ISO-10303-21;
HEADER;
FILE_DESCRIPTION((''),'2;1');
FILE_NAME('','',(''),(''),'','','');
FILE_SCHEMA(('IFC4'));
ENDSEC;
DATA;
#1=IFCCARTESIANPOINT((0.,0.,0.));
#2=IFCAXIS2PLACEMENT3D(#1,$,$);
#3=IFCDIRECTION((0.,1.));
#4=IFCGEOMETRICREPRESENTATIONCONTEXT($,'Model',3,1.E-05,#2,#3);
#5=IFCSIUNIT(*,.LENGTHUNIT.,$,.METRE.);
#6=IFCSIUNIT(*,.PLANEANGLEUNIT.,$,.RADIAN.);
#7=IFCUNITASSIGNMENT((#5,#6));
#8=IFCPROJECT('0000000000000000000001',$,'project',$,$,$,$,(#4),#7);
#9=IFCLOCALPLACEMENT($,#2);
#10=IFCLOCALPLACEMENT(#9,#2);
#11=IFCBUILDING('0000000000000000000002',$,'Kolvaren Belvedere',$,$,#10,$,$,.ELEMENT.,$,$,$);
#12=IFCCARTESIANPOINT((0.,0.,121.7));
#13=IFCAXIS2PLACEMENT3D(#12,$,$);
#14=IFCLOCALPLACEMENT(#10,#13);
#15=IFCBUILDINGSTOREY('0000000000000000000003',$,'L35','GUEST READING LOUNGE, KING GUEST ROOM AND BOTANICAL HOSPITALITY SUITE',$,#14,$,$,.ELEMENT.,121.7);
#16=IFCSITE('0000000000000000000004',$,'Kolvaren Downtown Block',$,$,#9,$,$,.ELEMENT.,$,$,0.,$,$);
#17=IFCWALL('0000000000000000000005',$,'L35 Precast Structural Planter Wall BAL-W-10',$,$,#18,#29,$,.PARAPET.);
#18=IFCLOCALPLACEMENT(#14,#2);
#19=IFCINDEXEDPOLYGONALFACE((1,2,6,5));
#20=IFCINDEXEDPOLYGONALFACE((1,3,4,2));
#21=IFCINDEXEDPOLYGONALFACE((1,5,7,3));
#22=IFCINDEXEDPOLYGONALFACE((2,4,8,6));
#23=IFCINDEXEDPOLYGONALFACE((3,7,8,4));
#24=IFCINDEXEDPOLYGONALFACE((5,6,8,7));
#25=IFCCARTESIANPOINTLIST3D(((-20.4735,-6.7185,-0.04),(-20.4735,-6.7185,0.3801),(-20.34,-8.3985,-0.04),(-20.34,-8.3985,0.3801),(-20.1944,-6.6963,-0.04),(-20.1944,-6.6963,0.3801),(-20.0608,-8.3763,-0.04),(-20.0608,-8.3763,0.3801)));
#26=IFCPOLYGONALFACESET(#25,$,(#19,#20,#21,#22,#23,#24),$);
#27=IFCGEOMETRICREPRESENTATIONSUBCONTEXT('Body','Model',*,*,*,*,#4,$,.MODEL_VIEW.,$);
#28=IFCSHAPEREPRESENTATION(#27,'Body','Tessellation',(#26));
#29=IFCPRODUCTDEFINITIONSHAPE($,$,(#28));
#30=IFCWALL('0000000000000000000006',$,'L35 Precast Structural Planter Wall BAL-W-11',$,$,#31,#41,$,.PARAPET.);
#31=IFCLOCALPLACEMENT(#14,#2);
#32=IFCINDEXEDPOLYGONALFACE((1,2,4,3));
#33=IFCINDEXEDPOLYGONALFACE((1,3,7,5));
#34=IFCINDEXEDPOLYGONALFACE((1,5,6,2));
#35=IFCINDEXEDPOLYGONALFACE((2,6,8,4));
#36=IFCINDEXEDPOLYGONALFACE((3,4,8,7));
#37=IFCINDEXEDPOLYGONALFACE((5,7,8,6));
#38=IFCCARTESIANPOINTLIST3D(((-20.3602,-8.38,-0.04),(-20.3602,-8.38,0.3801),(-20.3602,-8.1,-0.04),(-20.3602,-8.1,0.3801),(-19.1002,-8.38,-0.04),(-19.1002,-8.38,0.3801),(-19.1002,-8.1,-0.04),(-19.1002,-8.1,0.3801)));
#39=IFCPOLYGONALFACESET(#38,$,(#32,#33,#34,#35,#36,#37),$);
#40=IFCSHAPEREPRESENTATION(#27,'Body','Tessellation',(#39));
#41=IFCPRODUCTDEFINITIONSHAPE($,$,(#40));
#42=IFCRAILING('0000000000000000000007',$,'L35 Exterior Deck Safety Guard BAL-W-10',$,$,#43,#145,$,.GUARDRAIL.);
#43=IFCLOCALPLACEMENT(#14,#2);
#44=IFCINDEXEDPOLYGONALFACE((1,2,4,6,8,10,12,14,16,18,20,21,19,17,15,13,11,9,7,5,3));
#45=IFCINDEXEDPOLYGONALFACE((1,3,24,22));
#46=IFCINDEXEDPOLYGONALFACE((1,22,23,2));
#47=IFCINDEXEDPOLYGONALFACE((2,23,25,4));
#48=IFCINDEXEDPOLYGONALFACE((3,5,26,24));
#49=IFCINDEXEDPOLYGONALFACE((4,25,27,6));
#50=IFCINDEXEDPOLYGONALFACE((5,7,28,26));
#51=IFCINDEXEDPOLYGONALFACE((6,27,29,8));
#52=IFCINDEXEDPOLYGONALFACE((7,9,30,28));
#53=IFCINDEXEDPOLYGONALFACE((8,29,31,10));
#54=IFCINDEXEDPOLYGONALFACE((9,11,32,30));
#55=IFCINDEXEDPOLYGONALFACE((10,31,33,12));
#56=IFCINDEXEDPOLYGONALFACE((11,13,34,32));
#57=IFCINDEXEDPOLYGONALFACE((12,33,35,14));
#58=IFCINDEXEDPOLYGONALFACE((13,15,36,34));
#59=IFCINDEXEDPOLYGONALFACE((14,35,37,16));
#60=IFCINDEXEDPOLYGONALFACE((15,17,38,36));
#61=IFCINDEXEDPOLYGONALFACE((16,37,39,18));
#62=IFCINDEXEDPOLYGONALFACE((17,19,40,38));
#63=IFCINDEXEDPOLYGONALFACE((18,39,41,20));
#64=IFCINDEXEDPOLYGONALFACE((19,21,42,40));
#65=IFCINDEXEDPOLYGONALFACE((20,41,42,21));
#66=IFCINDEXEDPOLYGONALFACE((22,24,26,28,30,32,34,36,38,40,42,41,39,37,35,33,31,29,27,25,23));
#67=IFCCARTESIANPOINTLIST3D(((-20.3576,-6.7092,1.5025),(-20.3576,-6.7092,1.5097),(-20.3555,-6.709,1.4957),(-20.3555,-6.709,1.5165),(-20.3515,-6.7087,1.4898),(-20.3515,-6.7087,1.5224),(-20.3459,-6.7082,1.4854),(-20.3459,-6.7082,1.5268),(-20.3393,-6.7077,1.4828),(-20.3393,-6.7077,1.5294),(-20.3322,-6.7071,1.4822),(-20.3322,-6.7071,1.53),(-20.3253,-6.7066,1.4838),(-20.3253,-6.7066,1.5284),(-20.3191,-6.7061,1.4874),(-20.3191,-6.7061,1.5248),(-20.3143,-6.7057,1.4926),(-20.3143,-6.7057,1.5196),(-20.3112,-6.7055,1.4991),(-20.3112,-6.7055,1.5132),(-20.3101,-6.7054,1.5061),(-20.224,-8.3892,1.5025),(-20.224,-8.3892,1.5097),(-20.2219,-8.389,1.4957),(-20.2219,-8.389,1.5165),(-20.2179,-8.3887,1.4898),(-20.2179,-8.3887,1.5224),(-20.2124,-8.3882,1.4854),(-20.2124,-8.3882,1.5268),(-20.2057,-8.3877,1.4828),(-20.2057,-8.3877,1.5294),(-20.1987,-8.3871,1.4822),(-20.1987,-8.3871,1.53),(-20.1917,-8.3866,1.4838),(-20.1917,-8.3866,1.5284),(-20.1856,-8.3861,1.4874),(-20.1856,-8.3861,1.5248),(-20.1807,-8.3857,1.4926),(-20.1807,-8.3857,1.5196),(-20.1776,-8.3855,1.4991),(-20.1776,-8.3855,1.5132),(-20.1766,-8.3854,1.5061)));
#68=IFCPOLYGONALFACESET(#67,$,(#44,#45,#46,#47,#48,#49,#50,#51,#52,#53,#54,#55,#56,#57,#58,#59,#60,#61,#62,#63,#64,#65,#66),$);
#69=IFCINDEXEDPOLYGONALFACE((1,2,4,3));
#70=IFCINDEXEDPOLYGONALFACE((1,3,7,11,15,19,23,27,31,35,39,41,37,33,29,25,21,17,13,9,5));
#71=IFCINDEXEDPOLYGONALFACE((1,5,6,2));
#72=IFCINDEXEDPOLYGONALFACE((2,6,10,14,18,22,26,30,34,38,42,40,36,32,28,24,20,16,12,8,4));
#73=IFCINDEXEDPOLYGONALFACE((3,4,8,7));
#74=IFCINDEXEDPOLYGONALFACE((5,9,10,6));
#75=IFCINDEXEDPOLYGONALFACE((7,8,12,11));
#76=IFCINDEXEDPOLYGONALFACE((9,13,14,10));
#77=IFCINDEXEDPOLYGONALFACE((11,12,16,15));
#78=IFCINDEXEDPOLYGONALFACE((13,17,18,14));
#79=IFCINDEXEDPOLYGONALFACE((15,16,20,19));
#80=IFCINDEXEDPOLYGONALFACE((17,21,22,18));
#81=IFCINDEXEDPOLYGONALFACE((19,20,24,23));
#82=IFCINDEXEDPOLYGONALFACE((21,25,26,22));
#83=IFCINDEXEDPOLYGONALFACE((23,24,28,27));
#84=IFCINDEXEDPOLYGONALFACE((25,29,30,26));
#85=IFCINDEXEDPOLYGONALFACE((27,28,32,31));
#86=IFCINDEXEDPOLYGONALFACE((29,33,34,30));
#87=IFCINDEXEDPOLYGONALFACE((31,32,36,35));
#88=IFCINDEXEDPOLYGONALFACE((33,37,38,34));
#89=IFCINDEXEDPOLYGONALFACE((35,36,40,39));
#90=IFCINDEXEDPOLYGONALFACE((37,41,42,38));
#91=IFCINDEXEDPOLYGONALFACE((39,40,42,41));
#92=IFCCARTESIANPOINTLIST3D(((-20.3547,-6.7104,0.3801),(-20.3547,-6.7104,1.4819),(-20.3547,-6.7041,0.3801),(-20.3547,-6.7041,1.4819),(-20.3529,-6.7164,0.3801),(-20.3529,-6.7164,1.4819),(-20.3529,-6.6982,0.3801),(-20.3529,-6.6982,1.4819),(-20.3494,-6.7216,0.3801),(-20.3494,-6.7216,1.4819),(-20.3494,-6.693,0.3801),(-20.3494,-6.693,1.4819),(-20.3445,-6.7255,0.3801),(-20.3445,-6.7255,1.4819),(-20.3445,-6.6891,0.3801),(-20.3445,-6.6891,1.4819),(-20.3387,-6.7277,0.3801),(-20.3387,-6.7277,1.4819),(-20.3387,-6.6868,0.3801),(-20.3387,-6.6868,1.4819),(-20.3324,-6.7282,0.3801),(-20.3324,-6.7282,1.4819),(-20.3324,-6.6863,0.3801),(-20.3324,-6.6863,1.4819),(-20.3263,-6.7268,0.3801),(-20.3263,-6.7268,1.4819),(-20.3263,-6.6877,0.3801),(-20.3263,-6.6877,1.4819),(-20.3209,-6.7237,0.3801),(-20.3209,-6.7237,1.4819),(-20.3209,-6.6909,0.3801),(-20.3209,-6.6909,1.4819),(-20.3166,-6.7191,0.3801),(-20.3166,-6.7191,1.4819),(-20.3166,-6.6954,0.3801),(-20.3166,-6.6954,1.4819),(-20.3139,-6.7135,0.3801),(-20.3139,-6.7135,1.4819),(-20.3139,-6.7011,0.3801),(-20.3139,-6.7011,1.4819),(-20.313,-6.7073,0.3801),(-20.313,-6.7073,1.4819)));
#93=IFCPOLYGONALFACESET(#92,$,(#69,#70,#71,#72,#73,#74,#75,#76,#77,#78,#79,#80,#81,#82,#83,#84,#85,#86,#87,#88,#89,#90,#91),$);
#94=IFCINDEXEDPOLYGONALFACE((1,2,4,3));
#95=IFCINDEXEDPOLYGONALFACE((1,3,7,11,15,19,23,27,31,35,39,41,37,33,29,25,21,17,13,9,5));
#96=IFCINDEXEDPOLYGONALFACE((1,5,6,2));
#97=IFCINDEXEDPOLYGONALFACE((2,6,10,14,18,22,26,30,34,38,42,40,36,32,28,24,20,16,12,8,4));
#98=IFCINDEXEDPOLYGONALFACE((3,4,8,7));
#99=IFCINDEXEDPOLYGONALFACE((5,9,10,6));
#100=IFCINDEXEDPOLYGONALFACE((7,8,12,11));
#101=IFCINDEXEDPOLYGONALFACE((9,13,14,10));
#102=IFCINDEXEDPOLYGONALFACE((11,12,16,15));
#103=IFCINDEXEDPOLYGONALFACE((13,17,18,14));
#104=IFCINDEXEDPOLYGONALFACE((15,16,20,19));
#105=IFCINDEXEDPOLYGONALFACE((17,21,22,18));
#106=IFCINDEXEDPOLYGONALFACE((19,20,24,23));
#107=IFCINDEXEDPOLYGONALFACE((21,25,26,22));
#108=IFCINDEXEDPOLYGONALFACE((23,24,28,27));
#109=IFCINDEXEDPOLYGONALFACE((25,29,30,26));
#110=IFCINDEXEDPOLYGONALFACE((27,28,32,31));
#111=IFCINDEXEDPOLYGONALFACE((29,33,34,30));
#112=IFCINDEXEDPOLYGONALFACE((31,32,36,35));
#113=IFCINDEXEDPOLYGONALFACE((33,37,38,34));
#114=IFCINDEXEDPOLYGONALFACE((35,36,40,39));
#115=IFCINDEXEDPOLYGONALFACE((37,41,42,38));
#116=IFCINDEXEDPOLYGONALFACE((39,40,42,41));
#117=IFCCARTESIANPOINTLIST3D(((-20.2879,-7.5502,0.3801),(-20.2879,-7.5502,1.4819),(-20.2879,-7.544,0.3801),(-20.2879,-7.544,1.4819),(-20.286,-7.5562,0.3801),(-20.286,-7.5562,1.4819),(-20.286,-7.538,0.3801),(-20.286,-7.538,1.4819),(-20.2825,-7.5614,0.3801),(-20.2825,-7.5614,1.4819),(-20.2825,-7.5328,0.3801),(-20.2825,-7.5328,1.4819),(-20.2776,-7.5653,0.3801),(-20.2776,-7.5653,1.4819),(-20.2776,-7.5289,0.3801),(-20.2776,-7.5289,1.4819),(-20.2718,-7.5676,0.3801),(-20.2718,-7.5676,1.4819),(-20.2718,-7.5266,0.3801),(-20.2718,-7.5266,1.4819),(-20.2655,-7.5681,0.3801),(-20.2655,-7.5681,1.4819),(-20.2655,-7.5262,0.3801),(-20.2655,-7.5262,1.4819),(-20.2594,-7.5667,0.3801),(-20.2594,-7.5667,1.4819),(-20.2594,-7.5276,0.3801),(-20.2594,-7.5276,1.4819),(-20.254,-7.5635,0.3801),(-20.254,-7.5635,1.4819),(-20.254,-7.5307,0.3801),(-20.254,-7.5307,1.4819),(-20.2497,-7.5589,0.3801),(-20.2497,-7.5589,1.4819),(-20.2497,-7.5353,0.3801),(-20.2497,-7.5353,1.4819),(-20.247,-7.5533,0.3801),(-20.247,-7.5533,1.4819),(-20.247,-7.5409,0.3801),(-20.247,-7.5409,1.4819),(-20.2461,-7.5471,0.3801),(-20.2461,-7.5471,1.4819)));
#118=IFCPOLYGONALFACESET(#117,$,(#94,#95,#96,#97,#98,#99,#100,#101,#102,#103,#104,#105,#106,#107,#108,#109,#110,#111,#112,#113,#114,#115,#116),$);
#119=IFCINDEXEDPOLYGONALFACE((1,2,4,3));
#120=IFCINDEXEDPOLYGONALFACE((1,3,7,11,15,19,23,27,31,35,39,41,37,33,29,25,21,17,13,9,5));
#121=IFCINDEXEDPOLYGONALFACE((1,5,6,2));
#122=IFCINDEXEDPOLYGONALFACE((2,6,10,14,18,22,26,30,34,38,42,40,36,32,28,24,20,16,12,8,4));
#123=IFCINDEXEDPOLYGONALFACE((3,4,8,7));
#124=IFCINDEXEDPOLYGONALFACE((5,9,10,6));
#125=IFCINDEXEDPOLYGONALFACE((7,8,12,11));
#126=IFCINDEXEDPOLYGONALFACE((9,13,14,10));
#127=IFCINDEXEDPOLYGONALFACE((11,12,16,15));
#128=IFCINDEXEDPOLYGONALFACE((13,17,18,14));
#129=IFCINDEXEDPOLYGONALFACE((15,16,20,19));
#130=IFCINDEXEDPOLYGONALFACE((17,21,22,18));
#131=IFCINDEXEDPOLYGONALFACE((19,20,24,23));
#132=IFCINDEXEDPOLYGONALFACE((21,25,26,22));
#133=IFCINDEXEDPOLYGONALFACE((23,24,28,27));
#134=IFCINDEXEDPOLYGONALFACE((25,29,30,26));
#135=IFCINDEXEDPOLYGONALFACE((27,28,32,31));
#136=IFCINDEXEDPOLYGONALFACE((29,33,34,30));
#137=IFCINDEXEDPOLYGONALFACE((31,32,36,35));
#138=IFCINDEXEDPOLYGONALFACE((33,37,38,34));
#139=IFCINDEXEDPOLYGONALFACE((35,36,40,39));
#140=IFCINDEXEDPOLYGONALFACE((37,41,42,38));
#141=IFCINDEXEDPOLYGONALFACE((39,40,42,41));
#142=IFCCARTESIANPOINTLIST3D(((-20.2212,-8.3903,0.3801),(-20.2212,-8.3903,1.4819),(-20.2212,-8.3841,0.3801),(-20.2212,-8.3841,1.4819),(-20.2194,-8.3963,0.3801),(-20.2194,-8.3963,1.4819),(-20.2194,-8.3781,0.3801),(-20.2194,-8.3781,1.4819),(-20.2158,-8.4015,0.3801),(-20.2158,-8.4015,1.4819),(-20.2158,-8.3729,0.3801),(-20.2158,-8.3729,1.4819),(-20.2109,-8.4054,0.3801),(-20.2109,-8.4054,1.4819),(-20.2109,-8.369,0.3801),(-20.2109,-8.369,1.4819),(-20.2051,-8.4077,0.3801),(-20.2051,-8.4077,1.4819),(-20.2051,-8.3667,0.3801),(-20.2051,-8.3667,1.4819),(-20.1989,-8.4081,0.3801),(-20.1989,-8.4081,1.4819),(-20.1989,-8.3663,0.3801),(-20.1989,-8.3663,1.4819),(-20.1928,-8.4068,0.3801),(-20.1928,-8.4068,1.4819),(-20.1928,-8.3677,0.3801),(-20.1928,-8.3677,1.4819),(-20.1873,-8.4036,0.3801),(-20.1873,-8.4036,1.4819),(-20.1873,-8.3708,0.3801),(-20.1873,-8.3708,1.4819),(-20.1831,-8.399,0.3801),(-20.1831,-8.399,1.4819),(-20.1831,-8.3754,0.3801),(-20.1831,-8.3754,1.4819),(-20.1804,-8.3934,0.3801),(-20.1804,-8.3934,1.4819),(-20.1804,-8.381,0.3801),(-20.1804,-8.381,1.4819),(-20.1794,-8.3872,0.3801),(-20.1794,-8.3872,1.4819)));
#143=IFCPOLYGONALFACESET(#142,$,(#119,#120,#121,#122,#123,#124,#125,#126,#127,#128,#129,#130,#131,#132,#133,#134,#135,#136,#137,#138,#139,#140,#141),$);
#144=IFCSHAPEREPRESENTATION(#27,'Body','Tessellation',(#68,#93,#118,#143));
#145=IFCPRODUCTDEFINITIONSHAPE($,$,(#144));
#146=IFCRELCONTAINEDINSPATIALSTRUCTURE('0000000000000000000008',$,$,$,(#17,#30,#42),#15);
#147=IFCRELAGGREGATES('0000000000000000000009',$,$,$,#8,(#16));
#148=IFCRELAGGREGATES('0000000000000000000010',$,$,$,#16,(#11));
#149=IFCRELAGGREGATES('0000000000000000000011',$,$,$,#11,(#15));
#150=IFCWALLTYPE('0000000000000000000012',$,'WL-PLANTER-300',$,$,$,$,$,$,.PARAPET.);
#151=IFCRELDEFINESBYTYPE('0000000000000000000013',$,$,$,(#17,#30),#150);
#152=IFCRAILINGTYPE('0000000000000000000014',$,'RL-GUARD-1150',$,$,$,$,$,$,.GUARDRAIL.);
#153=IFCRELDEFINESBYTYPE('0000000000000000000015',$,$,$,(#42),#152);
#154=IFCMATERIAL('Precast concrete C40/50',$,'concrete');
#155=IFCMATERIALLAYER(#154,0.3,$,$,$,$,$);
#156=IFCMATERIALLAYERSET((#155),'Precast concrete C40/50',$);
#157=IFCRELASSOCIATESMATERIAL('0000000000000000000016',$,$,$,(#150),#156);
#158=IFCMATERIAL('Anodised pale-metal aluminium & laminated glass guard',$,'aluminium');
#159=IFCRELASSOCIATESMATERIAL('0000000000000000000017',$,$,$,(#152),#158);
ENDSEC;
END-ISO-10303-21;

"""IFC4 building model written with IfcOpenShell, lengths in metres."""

from ifc_helpers import new_model, si_unit, direction, frame, frame_2d, origin, origin_2d, place, context, subcontext, project, spatial, rectangle, circle, extrude, material, layer, layer_set, type_object, element, save


model = new_model("IFC4")

# Units and contexts
model_context = context("Model", 3, precision=1e-05, world=origin(), true_north=direction((0.0, 1.0)))
body_context = subcontext(model_context, "Body", "Model", "MODEL_VIEW")
ifc_project = project(units=[si_unit("LENGTHUNIT", "METRE"), si_unit("PLANEANGLEUNIT", "RADIAN")], contexts=[model_context])

# Site, building, storey
site_placement = place(None, origin())
site = spatial("IfcSite", under=ifc_project, at=site_placement, Name="Kolvaren Downtown Block", CompositionType="ELEMENT", RefElevation=0.0)
building_placement = place(site_placement, origin())
building = spatial("IfcBuilding", under=site, at=building_placement, Name="Kolvaren Belvedere", CompositionType="ELEMENT")
storey_placement = place(building_placement, frame((0.0, 0.0, 121.7)))
storey = spatial("IfcBuildingStorey", under=building, at=storey_placement, Name="L35", Description="GUEST READING LOUNGE, KING GUEST ROOM AND BOTANICAL HOSPITALITY SUITE", CompositionType="ELEMENT", Elevation=121.7)

# Walls
ifc_material_1 = material(Name="Precast concrete C40/50", Category="concrete")
ifc_layer_1 = layer(ifc_material_1, 0.3)
ifc_layer_set_1 = layer_set([ifc_layer_1], Name="Precast concrete C40/50")
wall_type_1 = type_object("IfcWallType", Name="WL-PLANTER-300", PredefinedType="PARAPET", material=ifc_layer_set_1)
wall_1_placement = place(storey_placement, frame((-20.334, -6.7073, -0.04), z_axis=(0.0, 0.0, 1.0), x_axis=(0.079244, -0.996855, 0.0)))
element("IfcWall", 1, at=wall_1_placement, inside=storey, type_object=wall_type_1, Name="L35 Precast Structural Planter Wall BAL-W-10", PredefinedType="PARAPET", context=body_context, shape_type="SweptSolid", body=[
    extrude(rectangle(XDim=1.6853, YDim=0.28, at=frame_2d((0.8428, 0.0))), origin(), (0.0, 0.0, 1.0), 0.4202),
])
wall_2_placement = place(storey_placement, frame((-20.3601, -8.24, -0.04), z_axis=(0.0, 0.0, 1.0), x_axis=(1.0, 0.0, 0.0)))
element("IfcWall", 2, at=wall_2_placement, inside=storey, type_object=wall_type_1, Name="L35 Precast Structural Planter Wall BAL-W-11", PredefinedType="PARAPET", context=body_context, shape_type="SweptSolid", body=[
    extrude(rectangle(XDim=1.26, YDim=0.28, at=frame_2d((0.6299, 0.0))), origin(), (0.0, 0.0, 1.0), 0.4202),
])

# Railing
ifc_material_2 = material(Name="Anodised pale-metal aluminium & laminated glass guard", Category="aluminium")
railing_type = type_object("IfcRailingType", Name="RL-GUARD-1150", PredefinedType="GUARDRAIL", material=ifc_material_2)
railing_1_placement = place(storey_placement, frame((-20.334, -6.7073, 0.3801)))
element("IfcRailing", 3, at=railing_1_placement, inside=storey, type_object=railing_type, Name="L35 Exterior Deck Safety Guard BAL-W-10", PredefinedType="GUARDRAIL", context=body_context, shape_type="SweptSolid", body=[
    extrude(circle(Radius=0.0239, at=origin_2d()), frame((0.0, 0.0, 1.126), z_axis=(0.079244, -0.996855, 0.0), x_axis=(0.996855, 0.079244, 0.0)), (0.0, 0.0, 1.0), 1.6853),
    extrude(circle(Radius=0.021, at=origin_2d()), origin(), (0.0, 0.0, 1.0), 1.1018),
    extrude(circle(Radius=0.021, at=origin_2d()), frame((0.0669, -0.8398, 0.0)), (0.0, 0.0, 1.0), 1.1018),
    extrude(circle(Radius=0.021, at=origin_2d()), frame((0.1335, -1.6799, 0.0)), (0.0, 0.0, 1.0), 1.1018),
])

save(model, "model.ifc")
